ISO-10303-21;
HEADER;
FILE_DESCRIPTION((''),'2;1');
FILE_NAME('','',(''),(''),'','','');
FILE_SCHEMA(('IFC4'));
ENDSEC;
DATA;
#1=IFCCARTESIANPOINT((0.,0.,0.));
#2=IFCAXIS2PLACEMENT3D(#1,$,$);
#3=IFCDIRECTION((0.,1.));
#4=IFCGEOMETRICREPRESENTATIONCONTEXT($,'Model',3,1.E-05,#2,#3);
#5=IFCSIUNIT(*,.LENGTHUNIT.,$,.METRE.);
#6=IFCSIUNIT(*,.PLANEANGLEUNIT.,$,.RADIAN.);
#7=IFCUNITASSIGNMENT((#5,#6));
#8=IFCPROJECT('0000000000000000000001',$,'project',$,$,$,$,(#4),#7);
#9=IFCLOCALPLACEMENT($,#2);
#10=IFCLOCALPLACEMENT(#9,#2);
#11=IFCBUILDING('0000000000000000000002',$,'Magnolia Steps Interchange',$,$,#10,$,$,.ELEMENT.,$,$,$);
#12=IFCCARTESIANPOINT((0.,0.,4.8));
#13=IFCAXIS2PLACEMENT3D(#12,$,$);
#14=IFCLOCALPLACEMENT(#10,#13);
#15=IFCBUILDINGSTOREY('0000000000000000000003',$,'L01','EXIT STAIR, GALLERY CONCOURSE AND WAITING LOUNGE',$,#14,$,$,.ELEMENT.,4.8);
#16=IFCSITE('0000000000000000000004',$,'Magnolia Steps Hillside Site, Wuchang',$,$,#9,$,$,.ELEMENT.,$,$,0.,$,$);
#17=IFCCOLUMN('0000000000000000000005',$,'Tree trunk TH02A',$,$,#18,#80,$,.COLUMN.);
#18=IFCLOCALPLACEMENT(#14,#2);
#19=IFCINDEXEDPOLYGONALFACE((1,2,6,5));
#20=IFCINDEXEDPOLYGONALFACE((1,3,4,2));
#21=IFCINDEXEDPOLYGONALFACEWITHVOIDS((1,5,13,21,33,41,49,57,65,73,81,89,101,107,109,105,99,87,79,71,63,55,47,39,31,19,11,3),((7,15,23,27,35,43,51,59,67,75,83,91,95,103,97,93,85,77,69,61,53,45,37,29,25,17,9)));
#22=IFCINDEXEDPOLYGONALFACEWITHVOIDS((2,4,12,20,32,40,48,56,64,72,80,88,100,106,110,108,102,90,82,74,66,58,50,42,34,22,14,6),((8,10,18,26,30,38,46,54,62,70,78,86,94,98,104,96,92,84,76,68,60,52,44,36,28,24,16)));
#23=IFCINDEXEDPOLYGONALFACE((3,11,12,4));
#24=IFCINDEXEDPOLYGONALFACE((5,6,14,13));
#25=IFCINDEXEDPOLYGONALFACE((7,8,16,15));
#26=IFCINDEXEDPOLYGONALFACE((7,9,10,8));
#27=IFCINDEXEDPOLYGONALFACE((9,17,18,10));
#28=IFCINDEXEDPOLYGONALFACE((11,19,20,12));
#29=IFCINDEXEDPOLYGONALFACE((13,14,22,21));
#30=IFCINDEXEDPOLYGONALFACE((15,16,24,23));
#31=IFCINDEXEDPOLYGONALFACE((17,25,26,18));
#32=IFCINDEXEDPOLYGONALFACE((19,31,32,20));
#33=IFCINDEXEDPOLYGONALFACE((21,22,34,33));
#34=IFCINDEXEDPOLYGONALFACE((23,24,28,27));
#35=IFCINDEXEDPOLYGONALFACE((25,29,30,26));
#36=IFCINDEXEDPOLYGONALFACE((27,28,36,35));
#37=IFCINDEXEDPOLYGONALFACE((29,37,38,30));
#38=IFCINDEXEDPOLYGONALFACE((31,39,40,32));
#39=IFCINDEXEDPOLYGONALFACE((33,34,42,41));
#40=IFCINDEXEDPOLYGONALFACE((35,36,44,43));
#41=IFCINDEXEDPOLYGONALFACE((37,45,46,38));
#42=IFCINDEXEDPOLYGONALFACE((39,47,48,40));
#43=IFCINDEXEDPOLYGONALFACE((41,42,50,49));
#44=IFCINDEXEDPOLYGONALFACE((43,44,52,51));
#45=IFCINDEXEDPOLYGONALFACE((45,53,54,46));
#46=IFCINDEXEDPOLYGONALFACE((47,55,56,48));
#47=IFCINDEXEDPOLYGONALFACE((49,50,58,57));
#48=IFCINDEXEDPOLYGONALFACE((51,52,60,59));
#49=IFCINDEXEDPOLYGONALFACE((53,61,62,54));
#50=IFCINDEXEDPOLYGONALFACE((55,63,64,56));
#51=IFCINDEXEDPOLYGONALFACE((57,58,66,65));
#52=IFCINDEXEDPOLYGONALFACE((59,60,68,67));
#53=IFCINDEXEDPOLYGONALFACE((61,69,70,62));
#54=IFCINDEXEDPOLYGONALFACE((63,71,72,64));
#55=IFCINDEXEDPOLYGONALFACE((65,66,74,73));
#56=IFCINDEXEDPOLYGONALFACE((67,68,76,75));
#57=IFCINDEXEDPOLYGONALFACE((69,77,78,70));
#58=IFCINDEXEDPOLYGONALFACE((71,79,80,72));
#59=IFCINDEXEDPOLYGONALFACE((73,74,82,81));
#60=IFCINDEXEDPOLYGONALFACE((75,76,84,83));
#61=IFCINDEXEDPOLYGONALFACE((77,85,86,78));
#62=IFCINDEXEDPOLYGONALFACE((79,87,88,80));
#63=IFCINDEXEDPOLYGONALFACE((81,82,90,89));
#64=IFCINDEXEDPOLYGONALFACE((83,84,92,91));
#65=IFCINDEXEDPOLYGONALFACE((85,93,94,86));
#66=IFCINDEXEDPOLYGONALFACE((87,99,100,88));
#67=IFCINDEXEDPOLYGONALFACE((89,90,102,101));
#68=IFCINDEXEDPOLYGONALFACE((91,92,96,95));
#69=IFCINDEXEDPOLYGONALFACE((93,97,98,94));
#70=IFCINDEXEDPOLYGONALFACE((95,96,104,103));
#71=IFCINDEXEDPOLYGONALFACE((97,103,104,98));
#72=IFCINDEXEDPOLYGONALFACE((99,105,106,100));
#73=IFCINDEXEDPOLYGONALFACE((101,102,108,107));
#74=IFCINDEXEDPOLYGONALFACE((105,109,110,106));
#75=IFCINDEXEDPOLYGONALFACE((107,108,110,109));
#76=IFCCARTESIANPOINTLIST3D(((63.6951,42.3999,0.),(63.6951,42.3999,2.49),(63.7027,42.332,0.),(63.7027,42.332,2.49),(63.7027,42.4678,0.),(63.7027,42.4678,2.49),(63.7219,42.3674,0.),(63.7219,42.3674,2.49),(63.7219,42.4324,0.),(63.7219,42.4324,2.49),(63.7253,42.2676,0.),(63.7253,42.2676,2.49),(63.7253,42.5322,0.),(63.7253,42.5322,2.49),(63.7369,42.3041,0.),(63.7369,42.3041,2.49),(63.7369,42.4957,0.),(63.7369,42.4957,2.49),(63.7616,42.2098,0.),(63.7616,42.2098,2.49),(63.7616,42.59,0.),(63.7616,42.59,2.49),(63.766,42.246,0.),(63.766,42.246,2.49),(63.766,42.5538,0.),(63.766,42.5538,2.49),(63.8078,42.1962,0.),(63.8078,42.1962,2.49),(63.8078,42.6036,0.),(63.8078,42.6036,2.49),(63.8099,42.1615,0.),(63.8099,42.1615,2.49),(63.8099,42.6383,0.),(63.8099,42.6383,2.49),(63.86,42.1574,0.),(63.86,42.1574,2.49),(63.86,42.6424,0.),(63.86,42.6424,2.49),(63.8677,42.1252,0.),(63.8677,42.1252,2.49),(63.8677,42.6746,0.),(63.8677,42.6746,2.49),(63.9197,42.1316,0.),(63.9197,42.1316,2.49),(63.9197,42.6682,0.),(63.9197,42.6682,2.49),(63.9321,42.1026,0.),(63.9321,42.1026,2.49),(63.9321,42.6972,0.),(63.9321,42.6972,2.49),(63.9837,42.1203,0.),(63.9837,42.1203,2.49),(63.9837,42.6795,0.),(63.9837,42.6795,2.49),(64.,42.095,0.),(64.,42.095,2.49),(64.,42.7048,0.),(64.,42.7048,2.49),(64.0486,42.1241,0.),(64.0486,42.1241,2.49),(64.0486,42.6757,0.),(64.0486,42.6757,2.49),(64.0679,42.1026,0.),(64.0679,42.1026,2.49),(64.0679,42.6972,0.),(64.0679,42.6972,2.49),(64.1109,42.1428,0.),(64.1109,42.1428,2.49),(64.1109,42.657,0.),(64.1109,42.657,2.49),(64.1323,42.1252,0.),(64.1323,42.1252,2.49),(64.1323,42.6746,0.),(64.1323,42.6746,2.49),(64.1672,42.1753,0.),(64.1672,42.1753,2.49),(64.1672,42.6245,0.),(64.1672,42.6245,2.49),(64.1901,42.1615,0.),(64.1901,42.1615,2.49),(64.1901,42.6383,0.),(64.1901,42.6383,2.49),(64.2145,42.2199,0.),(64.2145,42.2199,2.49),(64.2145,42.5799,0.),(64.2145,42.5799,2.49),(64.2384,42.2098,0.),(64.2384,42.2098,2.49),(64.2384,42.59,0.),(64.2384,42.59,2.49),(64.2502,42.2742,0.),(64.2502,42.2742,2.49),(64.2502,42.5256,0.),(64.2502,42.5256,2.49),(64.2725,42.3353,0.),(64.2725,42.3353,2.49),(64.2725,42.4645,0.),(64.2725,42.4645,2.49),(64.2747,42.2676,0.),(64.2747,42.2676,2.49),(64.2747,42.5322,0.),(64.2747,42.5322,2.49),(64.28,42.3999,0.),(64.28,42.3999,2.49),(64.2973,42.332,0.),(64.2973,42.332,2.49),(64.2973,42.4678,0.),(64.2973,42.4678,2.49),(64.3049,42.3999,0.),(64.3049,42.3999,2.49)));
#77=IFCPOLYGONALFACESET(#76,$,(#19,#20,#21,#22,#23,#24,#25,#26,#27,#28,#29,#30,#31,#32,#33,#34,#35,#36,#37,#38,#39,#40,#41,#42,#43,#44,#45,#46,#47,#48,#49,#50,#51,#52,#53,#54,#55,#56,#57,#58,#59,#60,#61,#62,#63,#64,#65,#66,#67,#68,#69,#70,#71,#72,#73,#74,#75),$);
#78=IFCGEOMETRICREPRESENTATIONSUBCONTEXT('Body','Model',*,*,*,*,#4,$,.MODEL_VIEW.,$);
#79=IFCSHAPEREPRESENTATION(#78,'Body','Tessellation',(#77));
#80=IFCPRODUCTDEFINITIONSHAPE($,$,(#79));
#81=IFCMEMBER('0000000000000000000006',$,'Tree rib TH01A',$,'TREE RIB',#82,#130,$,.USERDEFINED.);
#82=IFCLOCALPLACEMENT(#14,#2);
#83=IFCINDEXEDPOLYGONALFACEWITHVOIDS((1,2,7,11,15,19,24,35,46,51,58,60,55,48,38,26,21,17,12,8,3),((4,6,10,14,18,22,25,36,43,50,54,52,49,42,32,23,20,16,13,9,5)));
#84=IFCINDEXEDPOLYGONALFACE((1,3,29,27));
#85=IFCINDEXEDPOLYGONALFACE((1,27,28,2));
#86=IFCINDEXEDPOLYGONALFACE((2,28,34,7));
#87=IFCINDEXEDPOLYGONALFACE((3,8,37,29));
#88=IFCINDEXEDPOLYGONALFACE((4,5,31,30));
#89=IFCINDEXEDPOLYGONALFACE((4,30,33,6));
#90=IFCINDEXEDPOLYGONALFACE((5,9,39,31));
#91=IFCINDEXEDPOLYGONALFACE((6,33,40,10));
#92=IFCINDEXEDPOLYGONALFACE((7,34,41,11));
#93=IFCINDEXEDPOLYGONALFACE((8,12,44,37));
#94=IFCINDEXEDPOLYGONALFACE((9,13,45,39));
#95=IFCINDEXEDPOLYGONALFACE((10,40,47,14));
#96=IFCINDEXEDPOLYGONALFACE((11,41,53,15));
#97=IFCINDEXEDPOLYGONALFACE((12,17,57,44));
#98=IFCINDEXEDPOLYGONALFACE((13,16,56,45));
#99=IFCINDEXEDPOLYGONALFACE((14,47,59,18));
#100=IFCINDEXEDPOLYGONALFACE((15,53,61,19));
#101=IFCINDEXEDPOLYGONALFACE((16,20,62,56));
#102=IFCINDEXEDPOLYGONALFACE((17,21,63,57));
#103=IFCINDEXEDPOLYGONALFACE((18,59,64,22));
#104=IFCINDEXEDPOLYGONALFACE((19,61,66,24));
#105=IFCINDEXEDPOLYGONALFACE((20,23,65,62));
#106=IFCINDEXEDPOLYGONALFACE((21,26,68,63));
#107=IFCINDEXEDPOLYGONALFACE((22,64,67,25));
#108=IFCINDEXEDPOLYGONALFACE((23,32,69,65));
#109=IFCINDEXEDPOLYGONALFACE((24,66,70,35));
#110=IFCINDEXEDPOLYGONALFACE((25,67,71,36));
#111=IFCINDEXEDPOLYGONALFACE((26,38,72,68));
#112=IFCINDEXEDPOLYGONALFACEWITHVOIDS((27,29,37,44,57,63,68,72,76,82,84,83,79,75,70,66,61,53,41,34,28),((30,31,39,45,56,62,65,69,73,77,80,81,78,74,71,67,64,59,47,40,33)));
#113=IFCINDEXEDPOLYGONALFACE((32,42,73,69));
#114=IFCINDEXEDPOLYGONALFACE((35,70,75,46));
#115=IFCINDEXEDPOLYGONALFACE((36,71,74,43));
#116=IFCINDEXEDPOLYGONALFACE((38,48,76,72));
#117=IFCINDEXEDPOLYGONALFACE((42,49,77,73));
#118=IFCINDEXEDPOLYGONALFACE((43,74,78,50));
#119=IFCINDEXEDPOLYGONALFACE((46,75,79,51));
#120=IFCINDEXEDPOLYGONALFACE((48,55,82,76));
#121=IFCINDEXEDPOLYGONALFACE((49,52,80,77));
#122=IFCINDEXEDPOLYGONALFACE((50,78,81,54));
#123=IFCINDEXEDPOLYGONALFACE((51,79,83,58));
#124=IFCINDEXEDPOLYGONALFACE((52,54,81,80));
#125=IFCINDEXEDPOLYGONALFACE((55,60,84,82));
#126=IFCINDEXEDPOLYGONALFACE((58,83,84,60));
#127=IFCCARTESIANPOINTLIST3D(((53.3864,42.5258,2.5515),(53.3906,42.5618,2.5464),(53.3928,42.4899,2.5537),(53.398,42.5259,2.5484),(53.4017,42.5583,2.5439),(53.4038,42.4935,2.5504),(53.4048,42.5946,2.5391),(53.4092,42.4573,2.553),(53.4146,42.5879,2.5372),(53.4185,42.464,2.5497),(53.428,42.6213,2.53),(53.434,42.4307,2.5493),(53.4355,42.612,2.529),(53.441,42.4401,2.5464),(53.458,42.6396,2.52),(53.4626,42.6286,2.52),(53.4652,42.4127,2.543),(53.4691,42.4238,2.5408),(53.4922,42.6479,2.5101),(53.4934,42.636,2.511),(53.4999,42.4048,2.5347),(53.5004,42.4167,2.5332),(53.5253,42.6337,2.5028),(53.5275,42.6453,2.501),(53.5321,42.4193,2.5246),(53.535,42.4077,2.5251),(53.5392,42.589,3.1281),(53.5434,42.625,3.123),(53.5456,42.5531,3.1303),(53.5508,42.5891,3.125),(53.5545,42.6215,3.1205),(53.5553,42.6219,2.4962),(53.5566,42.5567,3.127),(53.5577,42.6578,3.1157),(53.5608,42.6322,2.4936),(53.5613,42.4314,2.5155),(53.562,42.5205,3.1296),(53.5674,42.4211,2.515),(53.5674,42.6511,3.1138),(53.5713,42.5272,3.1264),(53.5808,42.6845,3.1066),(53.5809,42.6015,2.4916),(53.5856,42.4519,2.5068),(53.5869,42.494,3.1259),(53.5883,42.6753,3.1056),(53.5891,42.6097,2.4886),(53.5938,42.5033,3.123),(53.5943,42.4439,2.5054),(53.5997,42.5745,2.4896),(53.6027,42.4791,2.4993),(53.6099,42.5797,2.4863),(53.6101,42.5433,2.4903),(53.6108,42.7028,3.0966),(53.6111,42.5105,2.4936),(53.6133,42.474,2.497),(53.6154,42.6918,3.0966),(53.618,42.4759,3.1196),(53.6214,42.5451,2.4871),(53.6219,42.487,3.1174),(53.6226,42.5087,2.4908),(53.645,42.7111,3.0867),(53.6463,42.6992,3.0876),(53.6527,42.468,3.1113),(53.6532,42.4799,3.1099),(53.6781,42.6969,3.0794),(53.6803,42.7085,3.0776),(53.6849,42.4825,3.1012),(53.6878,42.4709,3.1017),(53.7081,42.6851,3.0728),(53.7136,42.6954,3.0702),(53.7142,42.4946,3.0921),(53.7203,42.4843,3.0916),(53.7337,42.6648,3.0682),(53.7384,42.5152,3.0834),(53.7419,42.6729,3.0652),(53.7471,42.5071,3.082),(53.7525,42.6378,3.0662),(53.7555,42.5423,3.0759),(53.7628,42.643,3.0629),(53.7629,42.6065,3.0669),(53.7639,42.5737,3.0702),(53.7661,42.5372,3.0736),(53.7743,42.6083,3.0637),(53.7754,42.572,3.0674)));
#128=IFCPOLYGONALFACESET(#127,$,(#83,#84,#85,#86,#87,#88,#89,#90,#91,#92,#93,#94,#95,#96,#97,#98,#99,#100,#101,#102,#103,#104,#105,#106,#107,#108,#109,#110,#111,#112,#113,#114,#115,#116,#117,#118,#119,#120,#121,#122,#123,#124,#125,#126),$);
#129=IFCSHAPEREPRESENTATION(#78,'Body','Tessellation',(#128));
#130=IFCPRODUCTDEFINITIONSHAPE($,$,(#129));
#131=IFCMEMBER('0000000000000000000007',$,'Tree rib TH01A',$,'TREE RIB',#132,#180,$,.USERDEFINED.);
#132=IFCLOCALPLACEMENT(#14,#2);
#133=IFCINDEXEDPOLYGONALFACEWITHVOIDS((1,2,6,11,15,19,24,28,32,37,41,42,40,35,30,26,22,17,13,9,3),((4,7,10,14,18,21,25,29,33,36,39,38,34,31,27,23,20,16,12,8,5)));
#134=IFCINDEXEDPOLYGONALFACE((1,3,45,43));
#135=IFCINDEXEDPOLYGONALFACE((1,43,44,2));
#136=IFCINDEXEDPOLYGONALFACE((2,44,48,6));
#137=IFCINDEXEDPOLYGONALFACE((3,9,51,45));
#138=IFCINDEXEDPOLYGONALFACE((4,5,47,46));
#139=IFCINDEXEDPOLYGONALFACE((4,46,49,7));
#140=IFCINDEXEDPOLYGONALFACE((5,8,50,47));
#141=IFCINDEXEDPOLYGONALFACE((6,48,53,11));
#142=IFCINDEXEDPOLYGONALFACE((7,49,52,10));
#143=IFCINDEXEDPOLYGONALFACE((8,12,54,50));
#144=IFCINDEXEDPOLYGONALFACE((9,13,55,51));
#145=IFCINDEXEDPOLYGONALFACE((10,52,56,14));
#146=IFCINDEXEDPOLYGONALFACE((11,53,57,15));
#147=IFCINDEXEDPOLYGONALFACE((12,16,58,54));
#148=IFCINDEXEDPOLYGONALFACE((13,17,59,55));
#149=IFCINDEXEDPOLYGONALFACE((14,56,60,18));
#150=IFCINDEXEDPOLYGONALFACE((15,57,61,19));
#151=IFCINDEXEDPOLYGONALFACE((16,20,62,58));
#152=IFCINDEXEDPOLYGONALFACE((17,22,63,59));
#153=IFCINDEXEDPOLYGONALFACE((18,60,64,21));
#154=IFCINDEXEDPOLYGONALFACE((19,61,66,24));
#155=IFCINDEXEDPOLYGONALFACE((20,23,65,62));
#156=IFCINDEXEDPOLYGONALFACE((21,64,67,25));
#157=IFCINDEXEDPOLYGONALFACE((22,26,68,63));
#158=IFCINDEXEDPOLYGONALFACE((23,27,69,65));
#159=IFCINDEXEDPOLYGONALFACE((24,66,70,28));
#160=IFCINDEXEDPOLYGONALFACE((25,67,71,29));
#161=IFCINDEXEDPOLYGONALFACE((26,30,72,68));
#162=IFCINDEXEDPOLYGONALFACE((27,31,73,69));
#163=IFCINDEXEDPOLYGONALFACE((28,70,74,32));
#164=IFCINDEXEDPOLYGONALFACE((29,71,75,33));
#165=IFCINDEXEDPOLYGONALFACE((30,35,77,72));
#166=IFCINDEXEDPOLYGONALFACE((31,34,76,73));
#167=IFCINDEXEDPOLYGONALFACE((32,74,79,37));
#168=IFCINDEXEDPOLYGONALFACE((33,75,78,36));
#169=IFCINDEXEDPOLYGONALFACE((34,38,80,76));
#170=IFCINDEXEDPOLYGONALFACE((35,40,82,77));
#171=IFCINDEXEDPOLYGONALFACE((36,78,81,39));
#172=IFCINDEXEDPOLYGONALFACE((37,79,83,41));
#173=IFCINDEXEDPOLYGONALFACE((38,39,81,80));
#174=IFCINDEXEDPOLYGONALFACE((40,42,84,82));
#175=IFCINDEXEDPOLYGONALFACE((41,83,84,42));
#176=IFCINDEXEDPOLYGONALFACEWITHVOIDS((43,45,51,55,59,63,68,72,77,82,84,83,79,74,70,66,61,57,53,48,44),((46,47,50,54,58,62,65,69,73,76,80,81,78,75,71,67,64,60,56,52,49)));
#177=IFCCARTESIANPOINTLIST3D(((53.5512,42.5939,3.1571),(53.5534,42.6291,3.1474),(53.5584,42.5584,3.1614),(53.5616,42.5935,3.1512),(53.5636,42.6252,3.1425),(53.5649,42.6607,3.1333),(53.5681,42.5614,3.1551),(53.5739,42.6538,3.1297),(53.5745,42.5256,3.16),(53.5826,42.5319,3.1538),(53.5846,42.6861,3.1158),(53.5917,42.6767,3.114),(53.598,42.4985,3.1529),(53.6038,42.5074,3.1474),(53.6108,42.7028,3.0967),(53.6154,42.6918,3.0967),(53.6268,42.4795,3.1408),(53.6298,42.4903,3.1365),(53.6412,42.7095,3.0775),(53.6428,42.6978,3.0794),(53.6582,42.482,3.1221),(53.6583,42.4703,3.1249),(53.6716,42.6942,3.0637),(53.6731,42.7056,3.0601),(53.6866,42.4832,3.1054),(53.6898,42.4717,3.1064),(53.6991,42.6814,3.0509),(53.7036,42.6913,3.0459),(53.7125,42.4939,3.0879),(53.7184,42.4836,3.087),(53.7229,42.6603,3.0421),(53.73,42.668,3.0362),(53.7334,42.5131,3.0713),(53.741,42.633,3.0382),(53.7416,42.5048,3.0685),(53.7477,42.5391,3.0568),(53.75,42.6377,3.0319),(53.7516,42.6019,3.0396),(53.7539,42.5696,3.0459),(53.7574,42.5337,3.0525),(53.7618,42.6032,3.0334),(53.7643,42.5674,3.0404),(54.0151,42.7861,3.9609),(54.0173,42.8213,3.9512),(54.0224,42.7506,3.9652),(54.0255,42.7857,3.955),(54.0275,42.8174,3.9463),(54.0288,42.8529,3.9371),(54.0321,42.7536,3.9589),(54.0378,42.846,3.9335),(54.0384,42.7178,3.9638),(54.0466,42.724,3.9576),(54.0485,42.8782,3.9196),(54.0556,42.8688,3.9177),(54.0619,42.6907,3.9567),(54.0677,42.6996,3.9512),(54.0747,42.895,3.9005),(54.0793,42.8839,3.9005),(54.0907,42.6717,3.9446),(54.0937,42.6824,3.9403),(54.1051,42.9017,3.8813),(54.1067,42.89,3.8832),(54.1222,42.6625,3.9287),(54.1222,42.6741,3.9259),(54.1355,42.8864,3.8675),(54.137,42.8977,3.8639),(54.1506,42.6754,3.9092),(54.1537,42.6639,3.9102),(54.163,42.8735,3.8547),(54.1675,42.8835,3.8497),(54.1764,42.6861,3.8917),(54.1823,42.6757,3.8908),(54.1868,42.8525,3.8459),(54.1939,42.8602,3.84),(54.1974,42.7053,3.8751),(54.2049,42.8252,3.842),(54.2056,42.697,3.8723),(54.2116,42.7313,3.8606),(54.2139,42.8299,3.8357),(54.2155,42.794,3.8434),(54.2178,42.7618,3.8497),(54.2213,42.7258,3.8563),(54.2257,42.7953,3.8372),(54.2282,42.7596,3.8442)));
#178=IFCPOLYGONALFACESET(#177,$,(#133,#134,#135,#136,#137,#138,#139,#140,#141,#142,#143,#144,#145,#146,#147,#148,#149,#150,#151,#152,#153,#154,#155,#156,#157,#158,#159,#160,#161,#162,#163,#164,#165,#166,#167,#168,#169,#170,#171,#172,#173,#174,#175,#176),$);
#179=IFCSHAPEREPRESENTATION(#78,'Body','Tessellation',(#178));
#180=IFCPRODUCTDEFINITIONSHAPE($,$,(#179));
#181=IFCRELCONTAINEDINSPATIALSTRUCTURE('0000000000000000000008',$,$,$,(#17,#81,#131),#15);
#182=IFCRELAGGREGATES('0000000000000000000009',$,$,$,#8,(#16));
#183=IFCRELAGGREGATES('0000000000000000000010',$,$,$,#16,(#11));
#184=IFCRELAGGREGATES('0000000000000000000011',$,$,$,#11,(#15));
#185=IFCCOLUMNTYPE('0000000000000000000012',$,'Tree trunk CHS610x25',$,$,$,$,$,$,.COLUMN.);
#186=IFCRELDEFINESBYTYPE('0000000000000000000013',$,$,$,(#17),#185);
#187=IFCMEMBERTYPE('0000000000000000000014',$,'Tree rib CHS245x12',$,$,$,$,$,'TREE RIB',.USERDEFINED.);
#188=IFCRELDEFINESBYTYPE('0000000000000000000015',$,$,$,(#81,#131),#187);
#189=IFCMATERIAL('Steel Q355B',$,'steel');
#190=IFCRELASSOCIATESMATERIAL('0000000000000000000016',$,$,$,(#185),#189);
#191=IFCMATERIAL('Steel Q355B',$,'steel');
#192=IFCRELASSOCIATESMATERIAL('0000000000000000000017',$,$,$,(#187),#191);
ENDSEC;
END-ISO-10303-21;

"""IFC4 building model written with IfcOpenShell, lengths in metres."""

from ifc_helpers import new_model, si_unit, direction, frame, origin, origin_2d, place, context, subcontext, project, spatial, hollow_circle, extrude, material, material_profile, profile_set, type_object, element, save


model = new_model("IFC4")

# Units and contexts
model_context = context("Model", 3, precision=1e-05, world=origin(), true_north=direction((0.0, 1.0)))
body_context = subcontext(model_context, "Body", "Model", "MODEL_VIEW")
ifc_project = project(units=[si_unit("LENGTHUNIT", "METRE"), si_unit("PLANEANGLEUNIT", "RADIAN")], contexts=[model_context])

# Site, building, storey
site_placement = place(None, origin())
site = spatial("IfcSite", under=ifc_project, at=site_placement, Name="Magnolia Steps Hillside Site, Wuchang", CompositionType="ELEMENT", RefElevation=0.0)
building_placement = place(site_placement, origin())
building = spatial("IfcBuilding", under=site, at=building_placement, Name="Magnolia Steps Interchange", CompositionType="ELEMENT")
storey_placement = place(building_placement, frame((0.0, 0.0, 4.8)))
storey = spatial("IfcBuildingStorey", under=building, at=storey_placement, Name="L01", Description="EXIT STAIR, GALLERY CONCOURSE AND WAITING LOUNGE", CompositionType="ELEMENT", Elevation=4.8)

# Column
ifc_material_1 = material(Name="Steel Q355B", Category="steel")
ifc_material_profile_1 = material_profile(ifc_material_1, hollow_circle(Radius=0.3049, WallThickness=0.0249, at=origin_2d()), Name="CHS610x25")
ifc_profile_set_1 = profile_set([ifc_material_profile_1], Name="Steel Q355B")
column_type = type_object("IfcColumnType", Name="Tree trunk CHS610x25", PredefinedType="COLUMN", material=ifc_profile_set_1)
column_placement = place(storey_placement, frame((64.0, 42.3999, 0.0), z_axis=(0.0, 0.0, 1.0), x_axis=(1.0, 0.0, 0.0)))
element("IfcColumn", 1, at=column_placement, inside=storey, type_object=column_type, Name="Tree trunk TH02A", PredefinedType="COLUMN", context=body_context, shape_type="SweptSolid", body=[
    extrude(hollow_circle(Radius=0.3049, WallThickness=0.0249, at=origin_2d()), origin(), (0.0, 0.0, 1.0), 2.49),
])

# Members
ifc_material_2 = material(Name="Steel Q355B", Category="steel")
ifc_material_profile_2 = material_profile(ifc_material_2, hollow_circle(Radius=0.1226, WallThickness=0.012, at=origin_2d()), Name="CHS245x12")
ifc_profile_set_2 = profile_set([ifc_material_profile_2], Name="Steel Q355B")
member_type = type_object("IfcMemberType", Name="Tree rib CHS245x12", ElementType="TREE RIB", PredefinedType="USERDEFINED", material=ifc_profile_set_2)
member_1_placement = place(storey_placement, frame((53.5049, 42.5264, 2.52), z_axis=(0.254758, 0.105403, 0.961243), x_axis=(-0.382308, 0.924035, 0.0)))
element("IfcMember", 2, at=member_1_placement, inside=storey, type_object=member_type, Name="Tree rib TH01A", ObjectType="TREE RIB", PredefinedType="USERDEFINED", context=body_context, shape_type="SweptSolid", body=[
    extrude(hollow_circle(Radius=0.1226, WallThickness=0.012, at=origin_2d()), origin(), (0.0, 0.0, 1.0), 0.5999),
])
member_2_placement = place(storey_placement, frame((53.6577, 42.5896, 3.0967), z_axis=(0.489492, 0.202753, 0.848109), x_axis=(-0.382681, 0.923881, 0.0)))
element("IfcMember", 3, at=member_2_placement, inside=storey, type_object=member_type, Name="Tree rib TH01A", ObjectType="TREE RIB", PredefinedType="USERDEFINED", context=body_context, shape_type="SweptSolid", body=[
    extrude(hollow_circle(Radius=0.1226, WallThickness=0.012, at=origin_2d()), origin(), (0.0, 0.0, 1.0), 0.9478),
])

save(model, "model.ifc")
